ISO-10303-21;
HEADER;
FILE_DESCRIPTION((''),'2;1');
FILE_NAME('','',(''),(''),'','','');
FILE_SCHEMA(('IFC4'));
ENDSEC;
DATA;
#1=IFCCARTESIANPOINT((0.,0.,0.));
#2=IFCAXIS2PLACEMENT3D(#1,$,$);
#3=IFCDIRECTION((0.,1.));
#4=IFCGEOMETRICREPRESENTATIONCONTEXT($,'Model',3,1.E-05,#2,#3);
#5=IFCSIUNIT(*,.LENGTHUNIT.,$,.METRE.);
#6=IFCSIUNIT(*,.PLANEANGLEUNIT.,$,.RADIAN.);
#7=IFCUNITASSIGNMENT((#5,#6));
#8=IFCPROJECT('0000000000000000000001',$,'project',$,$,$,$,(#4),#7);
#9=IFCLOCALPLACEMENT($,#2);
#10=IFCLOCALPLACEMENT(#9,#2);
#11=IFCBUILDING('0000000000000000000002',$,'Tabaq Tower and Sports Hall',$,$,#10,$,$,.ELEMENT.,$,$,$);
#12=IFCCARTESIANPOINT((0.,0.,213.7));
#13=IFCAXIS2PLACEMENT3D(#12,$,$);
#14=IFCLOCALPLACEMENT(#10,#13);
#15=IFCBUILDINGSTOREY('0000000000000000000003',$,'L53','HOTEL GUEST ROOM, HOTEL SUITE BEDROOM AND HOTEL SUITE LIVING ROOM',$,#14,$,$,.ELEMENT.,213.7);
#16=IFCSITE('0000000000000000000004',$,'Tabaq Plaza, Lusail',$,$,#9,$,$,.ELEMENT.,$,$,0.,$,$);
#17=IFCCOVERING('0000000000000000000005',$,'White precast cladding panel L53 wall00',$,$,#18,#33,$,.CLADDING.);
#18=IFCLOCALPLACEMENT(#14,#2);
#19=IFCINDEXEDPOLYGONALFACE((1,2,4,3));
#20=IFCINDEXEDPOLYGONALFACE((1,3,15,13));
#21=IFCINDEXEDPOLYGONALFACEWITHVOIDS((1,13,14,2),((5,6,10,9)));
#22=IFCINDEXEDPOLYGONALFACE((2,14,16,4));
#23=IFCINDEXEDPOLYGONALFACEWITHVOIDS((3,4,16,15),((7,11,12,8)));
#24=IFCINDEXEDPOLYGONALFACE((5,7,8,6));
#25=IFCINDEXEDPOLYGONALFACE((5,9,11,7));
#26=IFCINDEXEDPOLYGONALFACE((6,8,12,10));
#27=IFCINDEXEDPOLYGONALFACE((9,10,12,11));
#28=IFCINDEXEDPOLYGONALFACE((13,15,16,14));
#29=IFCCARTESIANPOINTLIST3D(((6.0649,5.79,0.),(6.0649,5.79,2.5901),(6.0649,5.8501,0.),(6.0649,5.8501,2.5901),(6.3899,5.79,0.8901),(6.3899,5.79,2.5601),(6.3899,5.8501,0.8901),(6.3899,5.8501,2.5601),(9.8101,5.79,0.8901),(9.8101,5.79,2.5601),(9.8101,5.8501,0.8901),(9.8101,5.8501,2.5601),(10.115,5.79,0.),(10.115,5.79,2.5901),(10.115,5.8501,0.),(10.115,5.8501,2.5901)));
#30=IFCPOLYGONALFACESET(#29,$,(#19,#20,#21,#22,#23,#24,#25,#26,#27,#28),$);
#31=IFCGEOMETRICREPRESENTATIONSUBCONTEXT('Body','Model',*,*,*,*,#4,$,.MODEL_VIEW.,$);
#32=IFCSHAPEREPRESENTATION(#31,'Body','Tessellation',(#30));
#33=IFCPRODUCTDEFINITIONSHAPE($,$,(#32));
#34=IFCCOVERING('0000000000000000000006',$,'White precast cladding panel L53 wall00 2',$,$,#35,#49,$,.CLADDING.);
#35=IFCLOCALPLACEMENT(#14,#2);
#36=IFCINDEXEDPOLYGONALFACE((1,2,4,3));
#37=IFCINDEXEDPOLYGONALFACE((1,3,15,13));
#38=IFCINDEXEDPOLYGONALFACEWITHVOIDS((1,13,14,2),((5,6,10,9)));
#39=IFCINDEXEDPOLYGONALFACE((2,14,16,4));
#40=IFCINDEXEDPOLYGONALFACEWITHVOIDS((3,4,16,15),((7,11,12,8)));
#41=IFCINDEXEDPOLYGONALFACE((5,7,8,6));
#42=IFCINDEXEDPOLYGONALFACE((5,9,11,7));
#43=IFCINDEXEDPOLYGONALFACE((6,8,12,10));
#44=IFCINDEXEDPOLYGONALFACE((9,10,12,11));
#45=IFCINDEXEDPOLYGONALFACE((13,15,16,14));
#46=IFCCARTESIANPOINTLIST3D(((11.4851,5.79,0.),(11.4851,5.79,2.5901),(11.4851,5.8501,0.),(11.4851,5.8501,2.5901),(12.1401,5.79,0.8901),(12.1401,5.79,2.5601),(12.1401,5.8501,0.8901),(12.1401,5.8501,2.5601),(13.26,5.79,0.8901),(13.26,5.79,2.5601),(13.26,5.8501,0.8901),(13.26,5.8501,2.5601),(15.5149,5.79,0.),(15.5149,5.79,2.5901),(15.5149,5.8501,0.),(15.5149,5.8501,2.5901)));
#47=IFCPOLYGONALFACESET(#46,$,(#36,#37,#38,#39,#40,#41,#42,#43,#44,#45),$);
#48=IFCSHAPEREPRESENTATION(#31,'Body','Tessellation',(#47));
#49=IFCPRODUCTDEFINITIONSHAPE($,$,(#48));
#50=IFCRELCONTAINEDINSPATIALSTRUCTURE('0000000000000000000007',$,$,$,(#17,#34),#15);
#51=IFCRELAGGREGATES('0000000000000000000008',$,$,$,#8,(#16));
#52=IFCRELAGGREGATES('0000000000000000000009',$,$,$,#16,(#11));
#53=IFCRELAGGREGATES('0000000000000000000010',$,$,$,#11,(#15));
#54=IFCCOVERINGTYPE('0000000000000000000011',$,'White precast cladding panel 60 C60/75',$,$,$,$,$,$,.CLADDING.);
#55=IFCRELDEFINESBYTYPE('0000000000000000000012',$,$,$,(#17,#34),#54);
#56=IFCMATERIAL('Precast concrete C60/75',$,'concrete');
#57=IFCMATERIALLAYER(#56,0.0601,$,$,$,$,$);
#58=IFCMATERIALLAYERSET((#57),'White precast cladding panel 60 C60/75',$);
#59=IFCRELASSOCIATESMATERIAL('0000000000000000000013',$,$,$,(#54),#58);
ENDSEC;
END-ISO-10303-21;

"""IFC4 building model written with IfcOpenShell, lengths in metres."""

from ifc_helpers import new_model, si_unit, direction, frame, origin, place, context, subcontext, project, spatial, polyline, outline, extrude, material, layer, layer_set, type_object, element, save


model = new_model("IFC4")

# Units and contexts
model_context = context("Model", 3, precision=1e-05, world=origin(), true_north=direction((0.0, 1.0)))
body_context = subcontext(model_context, "Body", "Model", "MODEL_VIEW")
ifc_project = project(units=[si_unit("LENGTHUNIT", "METRE"), si_unit("PLANEANGLEUNIT", "RADIAN")], contexts=[model_context])

# Site, building, storey
site_placement = place(None, origin())
site = spatial("IfcSite", under=ifc_project, at=site_placement, Name="Tabaq Plaza, Lusail", CompositionType="ELEMENT", RefElevation=0.0)
building_placement = place(site_placement, origin())
building = spatial("IfcBuilding", under=site, at=building_placement, Name="Tabaq Tower and Sports Hall", CompositionType="ELEMENT")
storey_placement = place(building_placement, frame((0.0, 0.0, 213.7)))
storey = spatial("IfcBuildingStorey", under=building, at=storey_placement, Name="L53", Description="HOTEL GUEST ROOM, HOTEL SUITE BEDROOM AND HOTEL SUITE LIVING ROOM", CompositionType="ELEMENT", Elevation=213.7)

# Coverings
ifc_material_1 = material(Name="Precast concrete C60/75", Category="concrete")
ifc_layer_1 = layer(ifc_material_1, 0.0601)
ifc_layer_set_1 = layer_set([ifc_layer_1], Name="White precast cladding panel 60 C60/75")
covering_type_1 = type_object("IfcCoveringType", Name="White precast cladding panel 60 C60/75", PredefinedType="CLADDING", material=ifc_layer_set_1)
covering_1_placement = place(storey_placement, frame((6.0649, 5.8201, 0.0), z_axis=(0.0, 0.0, 1.0), x_axis=(1.0, 0.0, 0.0)))
element("IfcCovering", 1, at=covering_1_placement, inside=storey, type_object=covering_type_1, Name="White precast cladding panel L53 wall00", PredefinedType="CLADDING", context=body_context, shape_type="SweptSolid", body=[
    extrude(outline(polyline([(0.0, 0.0), (4.05, 0.0), (4.05, 2.5901), (0.0, 2.5901), (0.0, 0.0)]), holes=[polyline([(3.7451, 0.8901), (0.325, 0.8901), (0.325, 2.5601), (3.7451, 2.5601), (3.7451, 0.8901)])]), frame((0.0, 0.03, 0.0), z_axis=(0.0, -1.0, 0.0), x_axis=(1.0, 0.0, 0.0)), (0.0, 0.0, 1.0), 0.0601),
])
covering_2_placement = place(storey_placement, frame((11.4851, 5.8201, 0.0), z_axis=(0.0, 0.0, 1.0), x_axis=(1.0, 0.0, 0.0)))
element("IfcCovering", 2, at=covering_2_placement, inside=storey, type_object=covering_type_1, Name="White precast cladding panel L53 wall00 2", PredefinedType="CLADDING", context=body_context, shape_type="SweptSolid", body=[
    extrude(outline(polyline([(0.0, 0.0), (4.0298, 0.0), (4.0298, 2.5901), (0.0, 2.5901), (0.0, 0.0)]), holes=[polyline([(1.7749, 0.8901), (0.655, 0.8901), (0.655, 2.5601), (1.7749, 2.5601), (1.7749, 0.8901)])]), frame((0.0, 0.03, 0.0), z_axis=(0.0, -1.0, 0.0), x_axis=(1.0, 0.0, 0.0)), (0.0, 0.0, 1.0), 0.0601),
])

save(model, "model.ifc")
